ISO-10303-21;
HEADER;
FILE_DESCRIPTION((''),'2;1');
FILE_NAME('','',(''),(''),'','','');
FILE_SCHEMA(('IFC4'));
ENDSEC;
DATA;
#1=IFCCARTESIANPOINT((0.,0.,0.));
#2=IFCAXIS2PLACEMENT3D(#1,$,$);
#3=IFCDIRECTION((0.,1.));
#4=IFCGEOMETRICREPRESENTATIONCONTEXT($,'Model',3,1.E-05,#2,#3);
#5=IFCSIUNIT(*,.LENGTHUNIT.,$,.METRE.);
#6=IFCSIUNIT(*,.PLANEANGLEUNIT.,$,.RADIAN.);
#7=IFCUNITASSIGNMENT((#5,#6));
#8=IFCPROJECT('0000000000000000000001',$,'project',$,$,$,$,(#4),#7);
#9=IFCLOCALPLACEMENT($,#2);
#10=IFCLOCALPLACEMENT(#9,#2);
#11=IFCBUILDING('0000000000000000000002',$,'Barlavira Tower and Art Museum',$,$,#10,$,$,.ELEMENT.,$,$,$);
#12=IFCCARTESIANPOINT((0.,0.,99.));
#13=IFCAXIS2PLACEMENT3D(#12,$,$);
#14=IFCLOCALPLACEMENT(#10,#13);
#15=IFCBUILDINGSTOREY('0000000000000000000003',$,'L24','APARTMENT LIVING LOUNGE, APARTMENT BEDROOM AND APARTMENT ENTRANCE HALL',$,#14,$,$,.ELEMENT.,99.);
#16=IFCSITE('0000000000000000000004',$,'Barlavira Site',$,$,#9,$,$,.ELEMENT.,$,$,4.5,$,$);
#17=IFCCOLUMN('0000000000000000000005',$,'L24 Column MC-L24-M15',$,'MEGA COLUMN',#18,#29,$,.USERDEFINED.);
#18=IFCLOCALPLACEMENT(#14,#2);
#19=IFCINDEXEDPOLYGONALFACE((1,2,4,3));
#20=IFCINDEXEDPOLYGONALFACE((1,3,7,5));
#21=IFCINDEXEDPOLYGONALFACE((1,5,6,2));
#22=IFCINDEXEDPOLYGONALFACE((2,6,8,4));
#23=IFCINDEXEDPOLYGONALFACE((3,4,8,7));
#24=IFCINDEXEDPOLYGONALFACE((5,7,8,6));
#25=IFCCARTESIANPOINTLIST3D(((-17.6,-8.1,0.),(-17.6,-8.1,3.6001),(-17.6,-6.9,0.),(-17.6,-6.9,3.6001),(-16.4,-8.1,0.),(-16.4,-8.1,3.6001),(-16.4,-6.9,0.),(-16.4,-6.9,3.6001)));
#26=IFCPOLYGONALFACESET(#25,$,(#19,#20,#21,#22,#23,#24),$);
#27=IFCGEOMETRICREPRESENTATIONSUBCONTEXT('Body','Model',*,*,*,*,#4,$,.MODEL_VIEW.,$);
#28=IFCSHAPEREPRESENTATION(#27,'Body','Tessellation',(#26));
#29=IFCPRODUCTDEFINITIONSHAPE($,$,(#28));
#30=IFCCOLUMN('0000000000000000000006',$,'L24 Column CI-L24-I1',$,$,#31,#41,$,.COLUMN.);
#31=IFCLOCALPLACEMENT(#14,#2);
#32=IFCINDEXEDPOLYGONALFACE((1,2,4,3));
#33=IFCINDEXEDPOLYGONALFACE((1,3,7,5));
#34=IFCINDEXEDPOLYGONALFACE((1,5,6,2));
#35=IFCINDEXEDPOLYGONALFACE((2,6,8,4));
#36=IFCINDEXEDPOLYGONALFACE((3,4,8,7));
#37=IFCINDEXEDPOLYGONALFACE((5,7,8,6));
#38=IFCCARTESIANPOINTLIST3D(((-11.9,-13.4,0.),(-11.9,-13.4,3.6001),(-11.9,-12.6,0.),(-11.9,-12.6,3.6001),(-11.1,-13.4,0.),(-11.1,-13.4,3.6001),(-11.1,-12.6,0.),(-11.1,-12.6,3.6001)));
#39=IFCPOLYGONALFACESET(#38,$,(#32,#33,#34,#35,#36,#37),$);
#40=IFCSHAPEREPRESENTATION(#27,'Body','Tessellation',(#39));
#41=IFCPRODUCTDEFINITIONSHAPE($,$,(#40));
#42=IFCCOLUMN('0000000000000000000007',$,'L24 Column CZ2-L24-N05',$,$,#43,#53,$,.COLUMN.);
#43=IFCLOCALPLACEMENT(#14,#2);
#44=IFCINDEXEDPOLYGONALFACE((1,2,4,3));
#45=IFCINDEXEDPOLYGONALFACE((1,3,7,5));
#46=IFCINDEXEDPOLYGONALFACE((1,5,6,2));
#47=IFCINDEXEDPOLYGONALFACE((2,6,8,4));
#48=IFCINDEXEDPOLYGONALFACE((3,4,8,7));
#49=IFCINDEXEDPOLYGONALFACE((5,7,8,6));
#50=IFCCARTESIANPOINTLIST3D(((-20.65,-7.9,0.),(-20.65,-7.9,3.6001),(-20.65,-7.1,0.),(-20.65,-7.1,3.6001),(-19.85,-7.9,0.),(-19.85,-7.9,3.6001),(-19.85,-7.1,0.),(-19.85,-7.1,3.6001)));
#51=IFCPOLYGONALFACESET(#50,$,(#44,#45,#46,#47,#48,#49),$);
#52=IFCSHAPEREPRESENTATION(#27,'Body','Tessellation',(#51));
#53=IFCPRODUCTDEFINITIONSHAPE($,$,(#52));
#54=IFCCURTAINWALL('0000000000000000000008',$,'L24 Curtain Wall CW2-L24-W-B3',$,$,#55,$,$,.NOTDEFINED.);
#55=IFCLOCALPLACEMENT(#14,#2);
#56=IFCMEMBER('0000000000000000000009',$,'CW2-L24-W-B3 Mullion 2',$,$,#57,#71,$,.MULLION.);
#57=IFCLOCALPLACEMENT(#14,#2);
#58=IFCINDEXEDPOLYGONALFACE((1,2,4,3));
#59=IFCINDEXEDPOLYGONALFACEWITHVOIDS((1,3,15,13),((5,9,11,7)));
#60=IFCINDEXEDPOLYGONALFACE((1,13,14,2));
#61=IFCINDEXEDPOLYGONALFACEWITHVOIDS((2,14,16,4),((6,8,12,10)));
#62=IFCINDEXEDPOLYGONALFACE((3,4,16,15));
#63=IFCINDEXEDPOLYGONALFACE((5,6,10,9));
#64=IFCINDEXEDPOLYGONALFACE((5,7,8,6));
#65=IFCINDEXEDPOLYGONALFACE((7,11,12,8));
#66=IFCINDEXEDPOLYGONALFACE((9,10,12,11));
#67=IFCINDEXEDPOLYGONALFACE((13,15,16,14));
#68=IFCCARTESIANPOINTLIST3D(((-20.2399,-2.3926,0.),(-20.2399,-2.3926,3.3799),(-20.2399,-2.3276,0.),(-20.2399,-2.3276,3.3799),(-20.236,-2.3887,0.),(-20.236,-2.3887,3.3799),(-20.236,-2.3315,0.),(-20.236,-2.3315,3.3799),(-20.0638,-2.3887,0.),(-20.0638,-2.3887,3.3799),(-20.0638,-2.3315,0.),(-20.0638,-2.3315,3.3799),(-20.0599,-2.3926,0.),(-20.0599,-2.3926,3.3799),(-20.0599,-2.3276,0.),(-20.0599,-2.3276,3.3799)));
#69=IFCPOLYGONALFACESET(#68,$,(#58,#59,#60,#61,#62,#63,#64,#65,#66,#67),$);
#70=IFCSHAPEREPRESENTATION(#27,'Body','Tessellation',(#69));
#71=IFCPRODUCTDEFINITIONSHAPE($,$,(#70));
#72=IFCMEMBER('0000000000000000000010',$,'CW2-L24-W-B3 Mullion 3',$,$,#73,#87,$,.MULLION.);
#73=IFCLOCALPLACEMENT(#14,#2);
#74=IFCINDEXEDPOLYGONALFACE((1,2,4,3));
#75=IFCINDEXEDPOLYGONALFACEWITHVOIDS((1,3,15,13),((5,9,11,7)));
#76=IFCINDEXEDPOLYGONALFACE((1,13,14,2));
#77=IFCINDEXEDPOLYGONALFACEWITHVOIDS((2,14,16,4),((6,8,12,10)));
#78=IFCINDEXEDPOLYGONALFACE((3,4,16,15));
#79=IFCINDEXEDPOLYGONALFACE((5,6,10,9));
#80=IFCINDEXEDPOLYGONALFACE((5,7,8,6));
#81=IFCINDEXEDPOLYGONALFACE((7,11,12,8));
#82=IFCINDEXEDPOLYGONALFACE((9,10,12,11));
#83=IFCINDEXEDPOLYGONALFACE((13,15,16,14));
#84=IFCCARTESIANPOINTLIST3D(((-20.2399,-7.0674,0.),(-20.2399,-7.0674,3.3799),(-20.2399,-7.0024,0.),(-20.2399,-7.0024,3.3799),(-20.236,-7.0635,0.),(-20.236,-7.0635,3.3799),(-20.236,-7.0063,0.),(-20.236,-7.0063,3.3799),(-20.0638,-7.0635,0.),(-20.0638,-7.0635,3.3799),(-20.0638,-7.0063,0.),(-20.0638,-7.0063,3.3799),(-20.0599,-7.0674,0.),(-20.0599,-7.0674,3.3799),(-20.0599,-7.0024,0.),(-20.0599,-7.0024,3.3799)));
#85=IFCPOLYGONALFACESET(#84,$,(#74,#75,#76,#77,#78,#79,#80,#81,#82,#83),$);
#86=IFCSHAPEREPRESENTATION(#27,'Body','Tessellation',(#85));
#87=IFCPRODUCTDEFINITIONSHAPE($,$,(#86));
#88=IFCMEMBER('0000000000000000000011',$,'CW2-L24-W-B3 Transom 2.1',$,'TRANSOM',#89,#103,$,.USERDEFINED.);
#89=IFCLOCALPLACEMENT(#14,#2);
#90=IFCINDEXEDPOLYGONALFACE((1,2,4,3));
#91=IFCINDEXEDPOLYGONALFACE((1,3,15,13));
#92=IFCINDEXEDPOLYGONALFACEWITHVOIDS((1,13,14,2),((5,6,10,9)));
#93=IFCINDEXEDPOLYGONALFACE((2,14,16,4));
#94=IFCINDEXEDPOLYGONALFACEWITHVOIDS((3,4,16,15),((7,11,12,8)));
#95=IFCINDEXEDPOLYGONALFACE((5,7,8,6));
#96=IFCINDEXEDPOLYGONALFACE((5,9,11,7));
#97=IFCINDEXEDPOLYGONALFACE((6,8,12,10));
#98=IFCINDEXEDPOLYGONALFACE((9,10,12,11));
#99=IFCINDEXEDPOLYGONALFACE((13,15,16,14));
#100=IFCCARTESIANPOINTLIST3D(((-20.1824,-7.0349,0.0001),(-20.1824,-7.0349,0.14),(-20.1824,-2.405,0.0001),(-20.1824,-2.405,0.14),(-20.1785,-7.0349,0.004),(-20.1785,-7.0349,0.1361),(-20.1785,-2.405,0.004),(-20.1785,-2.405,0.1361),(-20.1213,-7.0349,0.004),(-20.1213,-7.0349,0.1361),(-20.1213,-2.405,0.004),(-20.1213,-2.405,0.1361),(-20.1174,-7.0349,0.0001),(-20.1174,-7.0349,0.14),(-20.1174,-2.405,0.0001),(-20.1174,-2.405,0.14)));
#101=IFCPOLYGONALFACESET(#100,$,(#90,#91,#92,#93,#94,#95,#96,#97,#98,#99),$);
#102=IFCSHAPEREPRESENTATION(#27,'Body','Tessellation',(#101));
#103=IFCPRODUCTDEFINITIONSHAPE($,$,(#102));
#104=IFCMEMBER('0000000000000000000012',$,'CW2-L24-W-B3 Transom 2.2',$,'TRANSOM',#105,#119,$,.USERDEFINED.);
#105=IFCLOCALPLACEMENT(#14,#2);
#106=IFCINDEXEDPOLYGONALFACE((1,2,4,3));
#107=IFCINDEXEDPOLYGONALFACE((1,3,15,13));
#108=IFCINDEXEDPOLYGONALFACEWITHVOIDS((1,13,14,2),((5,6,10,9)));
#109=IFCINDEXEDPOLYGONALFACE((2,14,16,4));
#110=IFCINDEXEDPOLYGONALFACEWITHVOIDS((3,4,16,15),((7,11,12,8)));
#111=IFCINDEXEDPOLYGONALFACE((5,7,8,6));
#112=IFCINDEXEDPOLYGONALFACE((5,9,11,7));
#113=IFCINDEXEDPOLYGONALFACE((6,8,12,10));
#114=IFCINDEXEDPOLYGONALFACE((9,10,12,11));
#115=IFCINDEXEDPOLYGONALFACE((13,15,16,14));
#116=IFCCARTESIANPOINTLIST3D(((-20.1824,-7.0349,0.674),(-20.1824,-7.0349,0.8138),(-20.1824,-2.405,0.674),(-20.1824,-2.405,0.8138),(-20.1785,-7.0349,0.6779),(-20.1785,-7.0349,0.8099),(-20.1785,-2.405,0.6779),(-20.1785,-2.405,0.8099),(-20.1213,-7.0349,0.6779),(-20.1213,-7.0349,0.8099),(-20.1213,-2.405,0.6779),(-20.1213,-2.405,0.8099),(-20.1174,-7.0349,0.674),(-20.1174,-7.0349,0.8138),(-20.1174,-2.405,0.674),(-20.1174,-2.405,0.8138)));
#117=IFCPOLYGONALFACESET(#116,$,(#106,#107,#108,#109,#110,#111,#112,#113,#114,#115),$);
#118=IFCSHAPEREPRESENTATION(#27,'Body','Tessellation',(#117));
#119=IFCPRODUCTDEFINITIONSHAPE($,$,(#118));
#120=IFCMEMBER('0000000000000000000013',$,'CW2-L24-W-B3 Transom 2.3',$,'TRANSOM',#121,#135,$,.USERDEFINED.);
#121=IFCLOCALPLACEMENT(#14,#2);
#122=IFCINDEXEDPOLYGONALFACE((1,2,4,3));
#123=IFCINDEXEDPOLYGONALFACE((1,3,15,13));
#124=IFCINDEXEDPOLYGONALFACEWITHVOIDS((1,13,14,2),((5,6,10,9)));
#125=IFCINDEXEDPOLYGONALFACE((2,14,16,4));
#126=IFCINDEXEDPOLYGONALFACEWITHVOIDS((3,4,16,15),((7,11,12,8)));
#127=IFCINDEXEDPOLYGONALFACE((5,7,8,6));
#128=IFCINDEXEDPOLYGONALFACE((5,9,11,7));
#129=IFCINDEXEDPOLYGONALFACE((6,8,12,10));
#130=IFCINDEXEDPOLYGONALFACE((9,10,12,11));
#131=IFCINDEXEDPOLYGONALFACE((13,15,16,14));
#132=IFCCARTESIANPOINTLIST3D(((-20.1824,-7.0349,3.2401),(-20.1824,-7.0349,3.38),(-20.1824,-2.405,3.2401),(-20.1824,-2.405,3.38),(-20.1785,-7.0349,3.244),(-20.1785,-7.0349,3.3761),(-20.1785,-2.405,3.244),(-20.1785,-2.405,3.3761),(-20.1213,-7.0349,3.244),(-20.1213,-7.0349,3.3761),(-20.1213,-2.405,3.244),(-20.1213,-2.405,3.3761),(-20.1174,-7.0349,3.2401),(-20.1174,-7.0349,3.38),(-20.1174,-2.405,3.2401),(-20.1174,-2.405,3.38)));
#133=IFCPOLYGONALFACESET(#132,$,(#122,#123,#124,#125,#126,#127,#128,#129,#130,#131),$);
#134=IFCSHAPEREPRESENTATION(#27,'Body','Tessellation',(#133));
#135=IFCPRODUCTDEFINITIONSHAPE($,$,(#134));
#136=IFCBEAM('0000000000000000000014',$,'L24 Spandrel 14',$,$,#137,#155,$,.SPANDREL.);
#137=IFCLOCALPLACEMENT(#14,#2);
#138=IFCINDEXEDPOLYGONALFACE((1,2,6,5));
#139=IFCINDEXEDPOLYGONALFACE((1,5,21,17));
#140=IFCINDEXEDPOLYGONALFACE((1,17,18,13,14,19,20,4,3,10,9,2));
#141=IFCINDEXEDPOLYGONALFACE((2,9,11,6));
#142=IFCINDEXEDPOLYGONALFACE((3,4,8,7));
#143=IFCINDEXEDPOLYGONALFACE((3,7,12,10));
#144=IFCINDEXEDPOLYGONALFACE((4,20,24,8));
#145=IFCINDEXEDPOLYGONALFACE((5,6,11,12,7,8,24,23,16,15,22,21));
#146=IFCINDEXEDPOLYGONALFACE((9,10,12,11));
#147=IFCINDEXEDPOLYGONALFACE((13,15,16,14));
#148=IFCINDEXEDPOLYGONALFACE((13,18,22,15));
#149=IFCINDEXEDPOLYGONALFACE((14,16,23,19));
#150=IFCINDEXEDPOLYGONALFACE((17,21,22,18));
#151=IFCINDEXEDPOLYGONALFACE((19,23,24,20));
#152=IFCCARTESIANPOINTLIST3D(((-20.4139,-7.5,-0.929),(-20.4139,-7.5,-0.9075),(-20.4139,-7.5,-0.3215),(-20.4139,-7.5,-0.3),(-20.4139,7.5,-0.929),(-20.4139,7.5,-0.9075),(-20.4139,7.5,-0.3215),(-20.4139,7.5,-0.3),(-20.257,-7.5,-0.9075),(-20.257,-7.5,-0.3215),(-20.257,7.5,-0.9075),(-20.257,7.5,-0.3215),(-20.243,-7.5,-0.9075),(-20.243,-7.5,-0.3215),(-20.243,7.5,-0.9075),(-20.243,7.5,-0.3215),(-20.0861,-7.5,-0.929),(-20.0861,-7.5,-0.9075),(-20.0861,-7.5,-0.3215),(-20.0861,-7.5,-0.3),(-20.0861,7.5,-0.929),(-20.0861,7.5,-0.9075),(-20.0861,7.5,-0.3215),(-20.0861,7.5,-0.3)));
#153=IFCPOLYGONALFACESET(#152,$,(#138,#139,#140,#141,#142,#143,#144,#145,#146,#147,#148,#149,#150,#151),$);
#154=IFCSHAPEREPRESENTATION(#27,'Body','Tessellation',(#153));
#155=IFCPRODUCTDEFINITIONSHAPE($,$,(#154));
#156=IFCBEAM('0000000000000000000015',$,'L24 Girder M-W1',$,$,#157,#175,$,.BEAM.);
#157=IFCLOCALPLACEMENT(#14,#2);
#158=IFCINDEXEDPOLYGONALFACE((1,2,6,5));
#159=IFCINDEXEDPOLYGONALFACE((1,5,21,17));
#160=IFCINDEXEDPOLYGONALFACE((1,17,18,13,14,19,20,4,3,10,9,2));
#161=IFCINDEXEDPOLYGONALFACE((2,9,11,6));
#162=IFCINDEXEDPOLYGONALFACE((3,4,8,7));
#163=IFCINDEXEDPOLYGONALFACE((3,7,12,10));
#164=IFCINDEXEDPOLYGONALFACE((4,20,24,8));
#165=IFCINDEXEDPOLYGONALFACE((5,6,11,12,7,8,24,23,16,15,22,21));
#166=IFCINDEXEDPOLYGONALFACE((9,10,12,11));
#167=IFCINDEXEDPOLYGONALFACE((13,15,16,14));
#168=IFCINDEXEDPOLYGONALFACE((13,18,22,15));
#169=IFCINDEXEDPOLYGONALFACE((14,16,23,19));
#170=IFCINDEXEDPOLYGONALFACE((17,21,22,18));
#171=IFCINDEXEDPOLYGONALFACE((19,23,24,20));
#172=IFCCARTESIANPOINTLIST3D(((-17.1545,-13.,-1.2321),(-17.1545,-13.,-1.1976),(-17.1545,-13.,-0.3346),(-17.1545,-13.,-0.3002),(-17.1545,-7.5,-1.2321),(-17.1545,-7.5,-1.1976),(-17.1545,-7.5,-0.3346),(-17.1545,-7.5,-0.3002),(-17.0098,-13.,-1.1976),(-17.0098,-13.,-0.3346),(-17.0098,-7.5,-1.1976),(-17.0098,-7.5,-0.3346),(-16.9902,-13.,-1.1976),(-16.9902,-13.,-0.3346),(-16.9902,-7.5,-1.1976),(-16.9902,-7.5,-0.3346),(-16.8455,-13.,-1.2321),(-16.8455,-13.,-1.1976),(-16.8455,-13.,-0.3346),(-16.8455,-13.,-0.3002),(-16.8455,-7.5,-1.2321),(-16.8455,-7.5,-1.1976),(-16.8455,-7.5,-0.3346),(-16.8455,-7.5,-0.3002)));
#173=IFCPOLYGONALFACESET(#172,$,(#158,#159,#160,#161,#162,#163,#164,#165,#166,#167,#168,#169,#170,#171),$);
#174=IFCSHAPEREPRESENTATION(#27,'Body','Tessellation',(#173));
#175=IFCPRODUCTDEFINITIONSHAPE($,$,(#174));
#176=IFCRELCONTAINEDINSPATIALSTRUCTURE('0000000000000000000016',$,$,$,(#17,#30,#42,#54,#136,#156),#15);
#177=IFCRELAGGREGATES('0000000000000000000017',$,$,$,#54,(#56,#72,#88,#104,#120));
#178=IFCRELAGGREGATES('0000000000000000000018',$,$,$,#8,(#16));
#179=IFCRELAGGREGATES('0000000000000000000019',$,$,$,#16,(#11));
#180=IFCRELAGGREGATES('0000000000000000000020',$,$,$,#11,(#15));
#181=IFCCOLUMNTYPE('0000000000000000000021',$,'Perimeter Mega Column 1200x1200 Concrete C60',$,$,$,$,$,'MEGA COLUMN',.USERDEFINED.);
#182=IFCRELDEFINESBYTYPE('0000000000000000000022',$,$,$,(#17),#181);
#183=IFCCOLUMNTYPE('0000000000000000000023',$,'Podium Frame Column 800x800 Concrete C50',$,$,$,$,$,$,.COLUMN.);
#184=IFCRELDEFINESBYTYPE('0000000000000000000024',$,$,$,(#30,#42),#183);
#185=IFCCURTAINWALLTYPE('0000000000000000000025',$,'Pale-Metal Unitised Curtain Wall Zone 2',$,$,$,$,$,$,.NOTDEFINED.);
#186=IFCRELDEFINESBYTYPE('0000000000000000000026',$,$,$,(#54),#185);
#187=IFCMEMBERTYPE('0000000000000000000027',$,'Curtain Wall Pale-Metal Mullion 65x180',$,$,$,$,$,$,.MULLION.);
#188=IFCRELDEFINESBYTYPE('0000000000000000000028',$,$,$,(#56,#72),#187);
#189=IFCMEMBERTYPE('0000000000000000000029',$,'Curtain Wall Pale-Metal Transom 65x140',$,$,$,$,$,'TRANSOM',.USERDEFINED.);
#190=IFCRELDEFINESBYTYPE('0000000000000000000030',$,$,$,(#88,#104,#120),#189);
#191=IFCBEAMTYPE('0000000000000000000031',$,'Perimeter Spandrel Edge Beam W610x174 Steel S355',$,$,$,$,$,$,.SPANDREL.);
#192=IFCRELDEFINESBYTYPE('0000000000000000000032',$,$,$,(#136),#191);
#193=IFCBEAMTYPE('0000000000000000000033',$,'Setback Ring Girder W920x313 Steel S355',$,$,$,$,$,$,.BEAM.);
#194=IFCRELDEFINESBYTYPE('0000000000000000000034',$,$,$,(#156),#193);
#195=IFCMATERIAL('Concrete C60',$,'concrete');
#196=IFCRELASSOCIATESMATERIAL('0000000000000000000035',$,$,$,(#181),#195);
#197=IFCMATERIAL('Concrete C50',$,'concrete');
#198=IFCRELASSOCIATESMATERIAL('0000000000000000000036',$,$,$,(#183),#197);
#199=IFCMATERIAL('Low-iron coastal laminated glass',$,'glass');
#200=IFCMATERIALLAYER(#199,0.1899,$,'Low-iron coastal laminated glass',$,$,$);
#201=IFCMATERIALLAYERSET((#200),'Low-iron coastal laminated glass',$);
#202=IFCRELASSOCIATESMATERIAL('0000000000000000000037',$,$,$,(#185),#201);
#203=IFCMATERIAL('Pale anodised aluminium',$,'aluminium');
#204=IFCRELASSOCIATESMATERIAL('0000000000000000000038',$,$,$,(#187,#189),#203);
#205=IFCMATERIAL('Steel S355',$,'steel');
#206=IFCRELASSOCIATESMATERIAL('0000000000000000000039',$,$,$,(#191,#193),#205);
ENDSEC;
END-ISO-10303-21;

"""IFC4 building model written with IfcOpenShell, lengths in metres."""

from ifc_helpers import new_model, si_unit, direction, frame, origin, origin_2d, place, context, subcontext, project, spatial, rectangle, hollow_rectangle, i_section, extrude, material, layer, layer_set, material_profile, profile_set, type_object, element, aggregate, save


model = new_model("IFC4")

# Units and contexts
model_context = context("Model", 3, precision=1e-05, world=origin(), true_north=direction((0.0, 1.0)))
body_context = subcontext(model_context, "Body", "Model", "MODEL_VIEW")
ifc_project = project(units=[si_unit("LENGTHUNIT", "METRE"), si_unit("PLANEANGLEUNIT", "RADIAN")], contexts=[model_context])

# Site, building, storey
site_placement = place(None, origin())
site = spatial("IfcSite", under=ifc_project, at=site_placement, Name="Barlavira Site", CompositionType="ELEMENT", RefElevation=4.5)
building_placement = place(site_placement, origin())
building = spatial("IfcBuilding", under=site, at=building_placement, Name="Barlavira Tower and Art Museum", CompositionType="ELEMENT")
storey_placement = place(building_placement, frame((0.0, 0.0, 99.0)))
storey = spatial("IfcBuildingStorey", under=building, at=storey_placement, Name="L24", Description="APARTMENT LIVING LOUNGE, APARTMENT BEDROOM AND APARTMENT ENTRANCE HALL", CompositionType="ELEMENT", Elevation=99.0)

# Columns
ifc_material_1 = material(Name="Concrete C60", Category="concrete")
ifc_material_profile_1 = material_profile(ifc_material_1, rectangle(XDim=1.2, YDim=1.2, at=origin_2d()), Name="RC-COL 1200x1200")
ifc_profile_set_1 = profile_set([ifc_material_profile_1], Name="Concrete C60")
column_type_1 = type_object("IfcColumnType", Name="Perimeter Mega Column 1200x1200 Concrete C60", ElementType="MEGA COLUMN", PredefinedType="USERDEFINED", material=ifc_profile_set_1)
column_placement = place(storey_placement, frame((-17.0, -7.5, 0.0), z_axis=(0.0, 0.0, 1.0), x_axis=(1.0, 0.0, 0.0)))
element("IfcColumn", 1, at=column_placement, inside=storey, type_object=column_type_1, Name="L24 Column MC-L24-M15", ObjectType="MEGA COLUMN", PredefinedType="USERDEFINED", context=body_context, shape_type="SweptSolid", body=[
    extrude(rectangle(XDim=1.2, YDim=1.2, at=origin_2d()), origin(), (0.0, 0.0, 1.0), 3.6001),
])
ifc_material_2 = material(Name="Concrete C50", Category="concrete")
ifc_material_profile_2 = material_profile(ifc_material_2, rectangle(XDim=0.8, YDim=0.8, at=origin_2d()), Name="RC-COL 800x800")
ifc_profile_set_2 = profile_set([ifc_material_profile_2], Name="Concrete C50")
column_type_2 = type_object("IfcColumnType", Name="Podium Frame Column 800x800 Concrete C50", PredefinedType="COLUMN", material=ifc_profile_set_2)
for number, where, z_axis, x_axis, name in (
    (2, (-11.5, -13.0, 0.0), (0.0, 0.0, 1.0), (1.0, 0.0, 0.0), "L24 Column CI-L24-I1"),
    (3, (-20.25, -7.5, 0.0), (0.0, 0.0, 1.0), (1.0, 0.0, 0.0), "L24 Column CZ2-L24-N05"),
):
    element("IfcColumn", number, at=place(storey_placement, frame(where, z_axis=z_axis, x_axis=x_axis)), inside=storey, type_object=column_type_2, Name=name, PredefinedType="COLUMN", context=body_context, shape_type="SweptSolid", body=[
        extrude(rectangle(XDim=0.8, YDim=0.8, at=origin_2d()), origin(), (0.0, 0.0, 1.0), 3.6001),
    ])

# Curtain wall, members
ifc_material_3 = material(Name="Low-iron coastal laminated glass", Category="glass")
ifc_layer_1 = layer(ifc_material_3, 0.1899, Name="Low-iron coastal laminated glass")
ifc_layer_set_1 = layer_set([ifc_layer_1], Name="Low-iron coastal laminated glass")
curtain_wall_type = type_object("IfcCurtainWallType", Name="Pale-Metal Unitised Curtain Wall Zone 2", PredefinedType="NOTDEFINED", material=ifc_layer_set_1)
curtain_wall_placement = place(storey_placement, origin())
curtain_wall = element("IfcCurtainWall", 4, at=curtain_wall_placement, inside=storey, type_object=curtain_wall_type, Name="L24 Curtain Wall CW2-L24-W-B3", PredefinedType="NOTDEFINED")
ifc_material_4 = material(Name="Pale anodised aluminium", Category="aluminium")
ifc_material_profile_3 = material_profile(ifc_material_4, hollow_rectangle(XDim=0.0649, YDim=0.1799, WallThickness=0.0039, at=origin_2d()), Name="ALU-MULL 65x180x4")
ifc_profile_set_3 = profile_set([ifc_material_profile_3], Name="Pale anodised aluminium")
member_type_1 = type_object("IfcMemberType", Name="Curtain Wall Pale-Metal Mullion 65x180", PredefinedType="MULLION", material=ifc_profile_set_3)
member_1_placement = place(storey_placement, frame((-20.1499, -2.3601, 0.0), z_axis=(0.0, 0.0, 1.0), x_axis=(0.0, -1.0, 0.0)))
member_1 = element("IfcMember", 5, at=member_1_placement, type_object=member_type_1, Name="CW2-L24-W-B3 Mullion 2", PredefinedType="MULLION", context=body_context, shape_type="SweptSolid", body=[
    extrude(hollow_rectangle(XDim=0.0649, YDim=0.1799, WallThickness=0.0039, at=origin_2d()), origin(), (0.0, 0.0, 1.0), 3.3799),
])
member_2_placement = place(storey_placement, frame((-20.1499, -7.0349, 0.0), z_axis=(0.0, 0.0, 1.0), x_axis=(0.0, -1.0, 0.0)))
member_2 = element("IfcMember", 6, at=member_2_placement, type_object=member_type_1, Name="CW2-L24-W-B3 Mullion 3", PredefinedType="MULLION", context=body_context, shape_type="SweptSolid", body=[
    extrude(hollow_rectangle(XDim=0.0649, YDim=0.1799, WallThickness=0.0039, at=origin_2d()), origin(), (0.0, 0.0, 1.0), 3.3799),
])
ifc_material_profile_4 = material_profile(ifc_material_4, hollow_rectangle(XDim=0.0649, YDim=0.1399, WallThickness=0.0039, at=origin_2d()), Name="ALU-TRAN 65x140x4")
ifc_profile_set_4 = profile_set([ifc_material_profile_4], Name="Pale anodised aluminium")
member_type_2 = type_object("IfcMemberType", Name="Curtain Wall Pale-Metal Transom 65x140", ElementType="TRANSOM", PredefinedType="USERDEFINED", material=ifc_profile_set_4)
member_3_placement = place(storey_placement, frame((-20.1499, -2.405, 0.0701), z_axis=(0.0, -1.0, 0.0), x_axis=(1.0, 0.0, 0.0)))
member_3 = element("IfcMember", 7, at=member_3_placement, type_object=member_type_2, Name="CW2-L24-W-B3 Transom 2.1", ObjectType="TRANSOM", PredefinedType="USERDEFINED", context=body_context, shape_type="SweptSolid", body=[
    extrude(hollow_rectangle(XDim=0.0649, YDim=0.1399, WallThickness=0.0039, at=origin_2d()), origin(), (0.0, 0.0, 1.0), 4.6299),
])
member_4_placement = place(storey_placement, frame((-20.1499, -2.405, 0.7439), z_axis=(0.0, -1.0, 0.0), x_axis=(1.0, 0.0, 0.0)))
member_4 = element("IfcMember", 8, at=member_4_placement, type_object=member_type_2, Name="CW2-L24-W-B3 Transom 2.2", ObjectType="TRANSOM", PredefinedType="USERDEFINED", context=body_context, shape_type="SweptSolid", body=[
    extrude(hollow_rectangle(XDim=0.0649, YDim=0.1399, WallThickness=0.0039, at=origin_2d()), origin(), (0.0, 0.0, 1.0), 4.6299),
])
member_5_placement = place(storey_placement, frame((-20.1499, -2.405, 3.3101), z_axis=(0.0, -1.0, 0.0), x_axis=(1.0, 0.0, 0.0)))
member_5 = element("IfcMember", 9, at=member_5_placement, type_object=member_type_2, Name="CW2-L24-W-B3 Transom 2.3", ObjectType="TRANSOM", PredefinedType="USERDEFINED", context=body_context, shape_type="SweptSolid", body=[
    extrude(hollow_rectangle(XDim=0.0649, YDim=0.1399, WallThickness=0.0039, at=origin_2d()), origin(), (0.0, 0.0, 1.0), 4.6299),
])

# Beams
ifc_material_5 = material(Name="Steel S355", Category="steel")
ifc_material_profile_5 = material_profile(ifc_material_5, i_section(OverallWidth=0.3279, OverallDepth=0.6289, WebThickness=0.0139, FlangeThickness=0.0215, at=origin_2d()), Name="W610x174.0")
ifc_profile_set_5 = profile_set([ifc_material_profile_5], Name="Steel S355")
beam_type_1 = type_object("IfcBeamType", Name="Perimeter Spandrel Edge Beam W610x174 Steel S355", PredefinedType="SPANDREL", material=ifc_profile_set_5)
beam_1_placement = place(storey_placement, frame((-20.25, -7.5, -0.6145), z_axis=(0.0, 1.0, 0.0), x_axis=(-1.0, 0.0, 0.0)))
element("IfcBeam", 10, at=beam_1_placement, inside=storey, type_object=beam_type_1, Name="L24 Spandrel 14", PredefinedType="SPANDREL", context=body_context, shape_type="SweptSolid", body=[
    extrude(i_section(OverallWidth=0.3279, OverallDepth=0.6289, WebThickness=0.0139, FlangeThickness=0.0215, at=origin_2d()), origin(), (0.0, 0.0, 1.0), 15.0),
])
ifc_material_profile_6 = material_profile(ifc_material_5, i_section(OverallWidth=0.3091, OverallDepth=0.9319, WebThickness=0.0195, FlangeThickness=0.0344, at=origin_2d()), Name="W920x313.0")
ifc_profile_set_6 = profile_set([ifc_material_profile_6], Name="Steel S355")
beam_type_2 = type_object("IfcBeamType", Name="Setback Ring Girder W920x313 Steel S355", PredefinedType="BEAM", material=ifc_profile_set_6)
beam_2_placement = place(storey_placement, frame((-17.0, -13.0, -0.7661), z_axis=(0.0, 1.0, 0.0), x_axis=(-1.0, 0.0, 0.0)))
element("IfcBeam", 11, at=beam_2_placement, inside=storey, type_object=beam_type_2, Name="L24 Girder M-W1", PredefinedType="BEAM", context=body_context, shape_type="SweptSolid", body=[
    extrude(i_section(OverallWidth=0.3091, OverallDepth=0.9319, WebThickness=0.0195, FlangeThickness=0.0344, at=origin_2d()), origin(), (0.0, 0.0, 1.0), 5.5),
])

aggregate(curtain_wall, [member_1, member_2, member_3, member_4, member_5])

save(model, "model.ifc")
